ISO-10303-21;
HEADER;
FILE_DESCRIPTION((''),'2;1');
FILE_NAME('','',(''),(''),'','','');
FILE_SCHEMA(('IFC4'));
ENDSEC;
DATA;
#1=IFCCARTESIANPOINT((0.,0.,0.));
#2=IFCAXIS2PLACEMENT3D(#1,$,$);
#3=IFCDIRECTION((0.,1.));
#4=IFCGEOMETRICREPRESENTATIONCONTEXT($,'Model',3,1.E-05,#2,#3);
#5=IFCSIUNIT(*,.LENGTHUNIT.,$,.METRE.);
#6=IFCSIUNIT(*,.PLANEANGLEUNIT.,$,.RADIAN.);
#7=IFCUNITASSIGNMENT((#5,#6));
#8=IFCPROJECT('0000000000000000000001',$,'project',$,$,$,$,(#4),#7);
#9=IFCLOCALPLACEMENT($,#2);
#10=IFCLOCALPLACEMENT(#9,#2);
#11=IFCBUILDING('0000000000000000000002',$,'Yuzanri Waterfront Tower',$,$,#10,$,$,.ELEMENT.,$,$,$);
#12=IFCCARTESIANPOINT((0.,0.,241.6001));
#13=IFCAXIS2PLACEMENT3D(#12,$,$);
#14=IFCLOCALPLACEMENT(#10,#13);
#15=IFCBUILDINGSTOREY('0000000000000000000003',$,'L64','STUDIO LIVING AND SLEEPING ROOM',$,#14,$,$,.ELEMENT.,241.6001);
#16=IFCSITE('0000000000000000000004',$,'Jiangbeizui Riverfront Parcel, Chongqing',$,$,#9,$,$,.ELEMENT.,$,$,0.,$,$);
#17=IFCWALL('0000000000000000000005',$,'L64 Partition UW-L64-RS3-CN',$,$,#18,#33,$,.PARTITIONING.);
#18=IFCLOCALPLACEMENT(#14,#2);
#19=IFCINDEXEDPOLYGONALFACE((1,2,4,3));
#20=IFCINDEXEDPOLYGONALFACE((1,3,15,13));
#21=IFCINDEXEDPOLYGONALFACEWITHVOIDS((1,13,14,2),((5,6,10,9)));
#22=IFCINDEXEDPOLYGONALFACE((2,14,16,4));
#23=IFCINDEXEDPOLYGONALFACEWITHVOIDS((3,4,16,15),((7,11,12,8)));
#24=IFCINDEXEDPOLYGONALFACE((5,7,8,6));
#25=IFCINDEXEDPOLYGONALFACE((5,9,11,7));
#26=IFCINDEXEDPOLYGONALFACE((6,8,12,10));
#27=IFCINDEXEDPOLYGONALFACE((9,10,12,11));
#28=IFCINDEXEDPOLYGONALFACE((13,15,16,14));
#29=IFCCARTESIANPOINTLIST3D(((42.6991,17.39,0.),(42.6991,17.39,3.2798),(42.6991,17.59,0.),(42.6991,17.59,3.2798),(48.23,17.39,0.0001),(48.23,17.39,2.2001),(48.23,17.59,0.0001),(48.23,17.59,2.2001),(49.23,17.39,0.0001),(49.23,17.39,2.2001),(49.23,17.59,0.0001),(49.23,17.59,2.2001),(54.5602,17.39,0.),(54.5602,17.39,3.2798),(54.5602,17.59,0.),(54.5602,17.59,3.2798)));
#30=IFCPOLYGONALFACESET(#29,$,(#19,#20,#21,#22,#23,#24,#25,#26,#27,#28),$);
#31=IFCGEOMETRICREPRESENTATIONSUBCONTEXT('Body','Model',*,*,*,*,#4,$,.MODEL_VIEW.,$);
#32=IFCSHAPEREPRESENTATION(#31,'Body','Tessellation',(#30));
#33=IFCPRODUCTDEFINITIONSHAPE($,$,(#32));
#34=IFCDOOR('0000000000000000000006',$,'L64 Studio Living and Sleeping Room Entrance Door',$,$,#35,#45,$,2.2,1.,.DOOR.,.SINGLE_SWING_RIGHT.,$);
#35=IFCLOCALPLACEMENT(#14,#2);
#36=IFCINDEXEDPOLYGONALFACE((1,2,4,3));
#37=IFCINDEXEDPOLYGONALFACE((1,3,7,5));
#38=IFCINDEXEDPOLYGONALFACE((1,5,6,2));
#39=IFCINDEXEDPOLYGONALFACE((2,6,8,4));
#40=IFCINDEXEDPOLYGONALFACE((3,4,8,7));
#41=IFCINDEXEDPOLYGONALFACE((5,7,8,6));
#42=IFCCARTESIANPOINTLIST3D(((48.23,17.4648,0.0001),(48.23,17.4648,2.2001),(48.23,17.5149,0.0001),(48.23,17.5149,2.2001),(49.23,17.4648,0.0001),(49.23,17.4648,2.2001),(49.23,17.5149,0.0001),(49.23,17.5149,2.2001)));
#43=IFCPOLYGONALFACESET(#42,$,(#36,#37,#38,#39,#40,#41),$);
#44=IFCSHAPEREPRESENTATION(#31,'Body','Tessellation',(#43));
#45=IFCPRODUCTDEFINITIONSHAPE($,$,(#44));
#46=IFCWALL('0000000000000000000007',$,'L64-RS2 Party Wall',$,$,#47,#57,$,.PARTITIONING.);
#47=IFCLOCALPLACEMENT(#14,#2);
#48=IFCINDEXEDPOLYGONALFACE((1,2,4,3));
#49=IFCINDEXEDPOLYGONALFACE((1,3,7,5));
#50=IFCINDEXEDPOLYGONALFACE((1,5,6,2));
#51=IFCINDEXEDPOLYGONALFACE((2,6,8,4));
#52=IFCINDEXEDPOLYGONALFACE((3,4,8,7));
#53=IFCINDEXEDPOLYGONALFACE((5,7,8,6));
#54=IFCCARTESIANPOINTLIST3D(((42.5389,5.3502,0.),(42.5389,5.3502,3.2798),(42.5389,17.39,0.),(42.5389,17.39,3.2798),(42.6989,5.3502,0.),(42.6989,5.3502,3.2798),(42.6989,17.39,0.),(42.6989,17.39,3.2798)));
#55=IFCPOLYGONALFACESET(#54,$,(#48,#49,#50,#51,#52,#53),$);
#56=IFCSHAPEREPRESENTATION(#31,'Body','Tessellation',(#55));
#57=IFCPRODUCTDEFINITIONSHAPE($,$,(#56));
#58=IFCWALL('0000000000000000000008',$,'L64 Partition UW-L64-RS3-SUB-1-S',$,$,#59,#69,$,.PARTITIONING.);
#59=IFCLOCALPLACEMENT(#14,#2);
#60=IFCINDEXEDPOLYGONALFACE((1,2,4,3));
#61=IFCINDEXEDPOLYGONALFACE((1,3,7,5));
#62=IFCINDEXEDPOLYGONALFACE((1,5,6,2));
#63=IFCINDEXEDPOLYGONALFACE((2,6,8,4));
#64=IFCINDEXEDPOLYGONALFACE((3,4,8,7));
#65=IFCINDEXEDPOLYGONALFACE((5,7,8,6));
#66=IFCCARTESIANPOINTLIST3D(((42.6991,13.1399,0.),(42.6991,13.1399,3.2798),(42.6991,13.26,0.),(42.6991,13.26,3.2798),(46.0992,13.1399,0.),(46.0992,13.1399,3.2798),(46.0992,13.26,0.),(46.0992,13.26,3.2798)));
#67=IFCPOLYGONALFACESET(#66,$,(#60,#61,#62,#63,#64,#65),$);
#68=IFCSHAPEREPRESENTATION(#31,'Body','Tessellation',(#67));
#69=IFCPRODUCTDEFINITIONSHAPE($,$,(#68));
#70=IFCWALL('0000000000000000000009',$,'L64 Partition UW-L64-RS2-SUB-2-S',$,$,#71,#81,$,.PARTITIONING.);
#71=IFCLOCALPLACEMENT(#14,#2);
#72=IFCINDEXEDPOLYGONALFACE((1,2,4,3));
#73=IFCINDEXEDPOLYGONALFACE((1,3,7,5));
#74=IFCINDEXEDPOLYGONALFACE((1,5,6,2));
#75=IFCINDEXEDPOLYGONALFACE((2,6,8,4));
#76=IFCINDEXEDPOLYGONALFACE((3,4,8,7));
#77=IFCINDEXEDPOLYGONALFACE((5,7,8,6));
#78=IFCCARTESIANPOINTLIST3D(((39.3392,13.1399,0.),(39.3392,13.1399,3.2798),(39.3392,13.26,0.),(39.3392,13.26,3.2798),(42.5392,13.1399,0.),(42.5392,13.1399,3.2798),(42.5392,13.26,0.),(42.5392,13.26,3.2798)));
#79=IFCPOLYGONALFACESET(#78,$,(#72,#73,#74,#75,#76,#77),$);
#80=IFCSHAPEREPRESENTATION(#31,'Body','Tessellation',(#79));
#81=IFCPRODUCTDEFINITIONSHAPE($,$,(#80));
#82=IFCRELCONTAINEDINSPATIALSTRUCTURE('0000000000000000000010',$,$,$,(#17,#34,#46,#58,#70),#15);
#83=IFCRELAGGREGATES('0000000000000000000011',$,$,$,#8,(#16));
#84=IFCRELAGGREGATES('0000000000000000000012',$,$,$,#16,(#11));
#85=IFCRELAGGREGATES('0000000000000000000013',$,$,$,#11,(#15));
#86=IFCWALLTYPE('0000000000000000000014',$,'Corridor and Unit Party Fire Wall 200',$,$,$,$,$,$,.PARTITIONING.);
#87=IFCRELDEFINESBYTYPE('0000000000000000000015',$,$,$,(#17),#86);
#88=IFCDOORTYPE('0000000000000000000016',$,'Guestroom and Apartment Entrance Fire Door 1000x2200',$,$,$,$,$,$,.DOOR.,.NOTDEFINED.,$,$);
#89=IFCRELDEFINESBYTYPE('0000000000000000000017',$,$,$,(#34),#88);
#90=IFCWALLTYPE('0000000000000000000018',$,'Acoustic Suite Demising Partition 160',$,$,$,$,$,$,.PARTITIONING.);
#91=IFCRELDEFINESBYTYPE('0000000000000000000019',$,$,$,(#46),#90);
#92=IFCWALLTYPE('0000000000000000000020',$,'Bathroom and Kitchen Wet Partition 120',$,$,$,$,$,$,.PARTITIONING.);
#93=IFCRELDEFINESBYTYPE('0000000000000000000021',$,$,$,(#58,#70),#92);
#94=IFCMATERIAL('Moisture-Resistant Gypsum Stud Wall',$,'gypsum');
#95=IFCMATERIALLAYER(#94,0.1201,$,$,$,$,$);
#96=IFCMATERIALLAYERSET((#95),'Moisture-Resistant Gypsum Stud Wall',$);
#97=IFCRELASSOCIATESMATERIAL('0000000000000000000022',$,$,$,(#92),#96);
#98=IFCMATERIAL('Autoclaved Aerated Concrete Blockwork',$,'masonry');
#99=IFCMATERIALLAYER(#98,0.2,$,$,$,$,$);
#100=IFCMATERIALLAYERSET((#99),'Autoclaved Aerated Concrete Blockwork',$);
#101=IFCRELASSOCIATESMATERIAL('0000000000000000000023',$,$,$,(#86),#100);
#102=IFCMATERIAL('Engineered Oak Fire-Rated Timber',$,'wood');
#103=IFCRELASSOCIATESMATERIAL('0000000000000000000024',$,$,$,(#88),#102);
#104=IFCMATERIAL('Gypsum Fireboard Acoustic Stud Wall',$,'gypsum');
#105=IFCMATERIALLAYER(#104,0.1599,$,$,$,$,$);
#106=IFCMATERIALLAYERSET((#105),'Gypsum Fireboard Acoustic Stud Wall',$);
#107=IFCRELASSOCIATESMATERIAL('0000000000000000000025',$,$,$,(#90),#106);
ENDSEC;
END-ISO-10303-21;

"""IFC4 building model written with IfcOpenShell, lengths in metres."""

from ifc_helpers import new_model, si_unit, direction, frame, frame_2d, origin, place, context, subcontext, project, spatial, rectangle, extrude, source, transform, mapped, material, layer, layer_set, type_object, element, fill, save


model = new_model("IFC4")

# Units and contexts
model_context = context("Model", 3, precision=1e-05, world=origin(), true_north=direction((0.0, 1.0)))
body_context = subcontext(model_context, "Body", "Model", "MODEL_VIEW")
ifc_project = project(units=[si_unit("LENGTHUNIT", "METRE"), si_unit("PLANEANGLEUNIT", "RADIAN")], contexts=[model_context])

# Site, building, storey
site_placement = place(None, origin())
site = spatial("IfcSite", under=ifc_project, at=site_placement, Name="Jiangbeizui Riverfront Parcel, Chongqing", CompositionType="ELEMENT", RefElevation=0.0)
building_placement = place(site_placement, origin())
building = spatial("IfcBuilding", under=site, at=building_placement, Name="Yuzanri Waterfront Tower", CompositionType="ELEMENT")
storey_placement = place(building_placement, frame((0.0, 0.0, 241.6001)))
storey = spatial("IfcBuildingStorey", under=building, at=storey_placement, Name="L64", Description="STUDIO LIVING AND SLEEPING ROOM", CompositionType="ELEMENT", Elevation=241.6001)

# Wall, opening, door
ifc_material_1 = material(Name="Moisture-Resistant Gypsum Stud Wall", Category="gypsum")
ifc_layer_1 = layer(ifc_material_1, 0.1201)
ifc_layer_set_1 = layer_set([ifc_layer_1], Name="Moisture-Resistant Gypsum Stud Wall")
wall_type_1 = type_object("IfcWallType", Name="Bathroom and Kitchen Wet Partition 120", PredefinedType="PARTITIONING", material=ifc_layer_set_1)
ifc_material_2 = material(Name="Autoclaved Aerated Concrete Blockwork", Category="masonry")
ifc_layer_2 = layer(ifc_material_2, 0.2)
ifc_layer_set_2 = layer_set([ifc_layer_2], Name="Autoclaved Aerated Concrete Blockwork")
wall_type_2 = type_object("IfcWallType", Name="Corridor and Unit Party Fire Wall 200", PredefinedType="PARTITIONING", material=ifc_layer_set_2)
wall_1_placement = place(storey_placement, frame((42.699, 17.49, 0.0), z_axis=(0.0, 0.0, 1.0), x_axis=(1.0, 0.0, 0.0)))
wall_1 = element("IfcWall", 1, at=wall_1_placement, inside=storey, type_object=wall_type_2, Name="L64 Partition UW-L64-RS3-CN", PredefinedType="PARTITIONING", context=body_context, shape_type="SweptSolid", body=[
    extrude(rectangle(XDim=11.8611, YDim=0.2, at=frame_2d((5.9307, 0.0))), origin(), (0.0, 0.0, 1.0), 3.2798),
])
opening_1_placement = place(wall_1_placement, frame((5.531, 0.0, 0.0)))
opening_1 = element("IfcOpeningElement", 2, at=opening_1_placement, cuts=wall_1, PredefinedType="OPENING", context=body_context, shape_type="SweptSolid", body=[
    extrude(rectangle(XDim=1.0, YDim=2.2, at=frame_2d((0.5, 1.1001))), frame((0.0, 0.1147, 0.0), z_axis=(0.0, -1.0, 0.0), x_axis=(1.0, 0.0, 0.0)), (0.0, 0.0, 1.0), 0.2297),
])
ifc_material_3 = material(Name="Engineered Oak Fire-Rated Timber", Category="wood")
door_type_1 = type_object("IfcDoorType", Name="Guestroom and Apartment Entrance Fire Door 1000x2200", OperationType="NOTDEFINED", PredefinedType="DOOR", material=ifc_material_3)
shared_shape_1 = source(origin(), body_context, "Body", "SweptSolid", [
    extrude(rectangle(XDim=1.0, YDim=2.2, at=frame_2d((0.5, 1.1001))), frame((0.0, 0.0249, 0.0), z_axis=(0.0, -1.0, 0.0), x_axis=(1.0, 0.0, 0.0)), (0.0, 0.0, 1.0), 0.05),
])
door_1_placement = place(opening_1_placement, origin())
door_1 = element("IfcDoor", 3, at=door_1_placement, inside=storey, type_object=door_type_1, Name="L64 Studio Living and Sleeping Room Entrance Door", OperationType="SINGLE_SWING_RIGHT", OverallHeight=2.2, OverallWidth=1.0, PredefinedType="DOOR", context=body_context, shape_type="MappedRepresentation", body=[
    mapped(shared_shape_1, transform((0.0, 0.0, 0.0), scale=1.0)),
])
fill(opening_1, door_1)

# Walls
ifc_material_4 = material(Name="Gypsum Fireboard Acoustic Stud Wall", Category="gypsum")
ifc_layer_3 = layer(ifc_material_4, 0.1599)
ifc_layer_set_3 = layer_set([ifc_layer_3], Name="Gypsum Fireboard Acoustic Stud Wall")
wall_type_3 = type_object("IfcWallType", Name="Acoustic Suite Demising Partition 160", PredefinedType="PARTITIONING", material=ifc_layer_set_3)
shared_shape_2 = source(origin(), body_context, "Body", "SweptSolid", [
    extrude(rectangle(XDim=12.0398, YDim=0.1599, at=frame_2d((6.02, 0.0))), origin(), (0.0, 0.0, 1.0), 3.2798),
])
wall_2_placement = place(storey_placement, frame((42.6189, 5.3501, 0.0), z_axis=(0.0, 0.0, 1.0), x_axis=(0.0, 1.0, 0.0)))
element("IfcWall", 4, at=wall_2_placement, inside=storey, type_object=wall_type_3, Name="L64-RS2 Party Wall", PredefinedType="PARTITIONING", context=body_context, shape_type="MappedRepresentation", body=[
    mapped(shared_shape_2, transform((0.0, 0.0, 0.0), scale=1.0)),
])
shared_shape_3 = source(origin(), body_context, "Body", "SweptSolid", [
    extrude(rectangle(XDim=3.4001, YDim=0.1201, at=frame_2d((1.7002, 0.0))), origin(), (0.0, 0.0, 1.0), 3.2798),
])
wall_3_placement = place(storey_placement, frame((42.699, 13.2, 0.0), z_axis=(0.0, 0.0, 1.0), x_axis=(1.0, 0.0, 0.0)))
element("IfcWall", 5, at=wall_3_placement, inside=storey, type_object=wall_type_1, Name="L64 Partition UW-L64-RS3-SUB-1-S", PredefinedType="PARTITIONING", context=body_context, shape_type="MappedRepresentation", body=[
    mapped(shared_shape_3, transform((0.0, 0.0, 0.0), scale=1.0)),
])
shared_shape_4 = source(origin(), body_context, "Body", "SweptSolid", [
    extrude(rectangle(XDim=3.2, YDim=0.1201, at=frame_2d((1.6001, 0.0))), origin(), (0.0, 0.0, 1.0), 3.2798),
])
wall_4_placement = place(storey_placement, frame((39.3391, 13.2, 0.0), z_axis=(0.0, 0.0, 1.0), x_axis=(1.0, 0.0, 0.0)))
element("IfcWall", 6, at=wall_4_placement, inside=storey, type_object=wall_type_1, Name="L64 Partition UW-L64-RS2-SUB-2-S", PredefinedType="PARTITIONING", context=body_context, shape_type="MappedRepresentation", body=[
    mapped(shared_shape_4, transform((0.0, 0.0, 0.0), scale=1.0)),
])

save(model, "model.ifc")
